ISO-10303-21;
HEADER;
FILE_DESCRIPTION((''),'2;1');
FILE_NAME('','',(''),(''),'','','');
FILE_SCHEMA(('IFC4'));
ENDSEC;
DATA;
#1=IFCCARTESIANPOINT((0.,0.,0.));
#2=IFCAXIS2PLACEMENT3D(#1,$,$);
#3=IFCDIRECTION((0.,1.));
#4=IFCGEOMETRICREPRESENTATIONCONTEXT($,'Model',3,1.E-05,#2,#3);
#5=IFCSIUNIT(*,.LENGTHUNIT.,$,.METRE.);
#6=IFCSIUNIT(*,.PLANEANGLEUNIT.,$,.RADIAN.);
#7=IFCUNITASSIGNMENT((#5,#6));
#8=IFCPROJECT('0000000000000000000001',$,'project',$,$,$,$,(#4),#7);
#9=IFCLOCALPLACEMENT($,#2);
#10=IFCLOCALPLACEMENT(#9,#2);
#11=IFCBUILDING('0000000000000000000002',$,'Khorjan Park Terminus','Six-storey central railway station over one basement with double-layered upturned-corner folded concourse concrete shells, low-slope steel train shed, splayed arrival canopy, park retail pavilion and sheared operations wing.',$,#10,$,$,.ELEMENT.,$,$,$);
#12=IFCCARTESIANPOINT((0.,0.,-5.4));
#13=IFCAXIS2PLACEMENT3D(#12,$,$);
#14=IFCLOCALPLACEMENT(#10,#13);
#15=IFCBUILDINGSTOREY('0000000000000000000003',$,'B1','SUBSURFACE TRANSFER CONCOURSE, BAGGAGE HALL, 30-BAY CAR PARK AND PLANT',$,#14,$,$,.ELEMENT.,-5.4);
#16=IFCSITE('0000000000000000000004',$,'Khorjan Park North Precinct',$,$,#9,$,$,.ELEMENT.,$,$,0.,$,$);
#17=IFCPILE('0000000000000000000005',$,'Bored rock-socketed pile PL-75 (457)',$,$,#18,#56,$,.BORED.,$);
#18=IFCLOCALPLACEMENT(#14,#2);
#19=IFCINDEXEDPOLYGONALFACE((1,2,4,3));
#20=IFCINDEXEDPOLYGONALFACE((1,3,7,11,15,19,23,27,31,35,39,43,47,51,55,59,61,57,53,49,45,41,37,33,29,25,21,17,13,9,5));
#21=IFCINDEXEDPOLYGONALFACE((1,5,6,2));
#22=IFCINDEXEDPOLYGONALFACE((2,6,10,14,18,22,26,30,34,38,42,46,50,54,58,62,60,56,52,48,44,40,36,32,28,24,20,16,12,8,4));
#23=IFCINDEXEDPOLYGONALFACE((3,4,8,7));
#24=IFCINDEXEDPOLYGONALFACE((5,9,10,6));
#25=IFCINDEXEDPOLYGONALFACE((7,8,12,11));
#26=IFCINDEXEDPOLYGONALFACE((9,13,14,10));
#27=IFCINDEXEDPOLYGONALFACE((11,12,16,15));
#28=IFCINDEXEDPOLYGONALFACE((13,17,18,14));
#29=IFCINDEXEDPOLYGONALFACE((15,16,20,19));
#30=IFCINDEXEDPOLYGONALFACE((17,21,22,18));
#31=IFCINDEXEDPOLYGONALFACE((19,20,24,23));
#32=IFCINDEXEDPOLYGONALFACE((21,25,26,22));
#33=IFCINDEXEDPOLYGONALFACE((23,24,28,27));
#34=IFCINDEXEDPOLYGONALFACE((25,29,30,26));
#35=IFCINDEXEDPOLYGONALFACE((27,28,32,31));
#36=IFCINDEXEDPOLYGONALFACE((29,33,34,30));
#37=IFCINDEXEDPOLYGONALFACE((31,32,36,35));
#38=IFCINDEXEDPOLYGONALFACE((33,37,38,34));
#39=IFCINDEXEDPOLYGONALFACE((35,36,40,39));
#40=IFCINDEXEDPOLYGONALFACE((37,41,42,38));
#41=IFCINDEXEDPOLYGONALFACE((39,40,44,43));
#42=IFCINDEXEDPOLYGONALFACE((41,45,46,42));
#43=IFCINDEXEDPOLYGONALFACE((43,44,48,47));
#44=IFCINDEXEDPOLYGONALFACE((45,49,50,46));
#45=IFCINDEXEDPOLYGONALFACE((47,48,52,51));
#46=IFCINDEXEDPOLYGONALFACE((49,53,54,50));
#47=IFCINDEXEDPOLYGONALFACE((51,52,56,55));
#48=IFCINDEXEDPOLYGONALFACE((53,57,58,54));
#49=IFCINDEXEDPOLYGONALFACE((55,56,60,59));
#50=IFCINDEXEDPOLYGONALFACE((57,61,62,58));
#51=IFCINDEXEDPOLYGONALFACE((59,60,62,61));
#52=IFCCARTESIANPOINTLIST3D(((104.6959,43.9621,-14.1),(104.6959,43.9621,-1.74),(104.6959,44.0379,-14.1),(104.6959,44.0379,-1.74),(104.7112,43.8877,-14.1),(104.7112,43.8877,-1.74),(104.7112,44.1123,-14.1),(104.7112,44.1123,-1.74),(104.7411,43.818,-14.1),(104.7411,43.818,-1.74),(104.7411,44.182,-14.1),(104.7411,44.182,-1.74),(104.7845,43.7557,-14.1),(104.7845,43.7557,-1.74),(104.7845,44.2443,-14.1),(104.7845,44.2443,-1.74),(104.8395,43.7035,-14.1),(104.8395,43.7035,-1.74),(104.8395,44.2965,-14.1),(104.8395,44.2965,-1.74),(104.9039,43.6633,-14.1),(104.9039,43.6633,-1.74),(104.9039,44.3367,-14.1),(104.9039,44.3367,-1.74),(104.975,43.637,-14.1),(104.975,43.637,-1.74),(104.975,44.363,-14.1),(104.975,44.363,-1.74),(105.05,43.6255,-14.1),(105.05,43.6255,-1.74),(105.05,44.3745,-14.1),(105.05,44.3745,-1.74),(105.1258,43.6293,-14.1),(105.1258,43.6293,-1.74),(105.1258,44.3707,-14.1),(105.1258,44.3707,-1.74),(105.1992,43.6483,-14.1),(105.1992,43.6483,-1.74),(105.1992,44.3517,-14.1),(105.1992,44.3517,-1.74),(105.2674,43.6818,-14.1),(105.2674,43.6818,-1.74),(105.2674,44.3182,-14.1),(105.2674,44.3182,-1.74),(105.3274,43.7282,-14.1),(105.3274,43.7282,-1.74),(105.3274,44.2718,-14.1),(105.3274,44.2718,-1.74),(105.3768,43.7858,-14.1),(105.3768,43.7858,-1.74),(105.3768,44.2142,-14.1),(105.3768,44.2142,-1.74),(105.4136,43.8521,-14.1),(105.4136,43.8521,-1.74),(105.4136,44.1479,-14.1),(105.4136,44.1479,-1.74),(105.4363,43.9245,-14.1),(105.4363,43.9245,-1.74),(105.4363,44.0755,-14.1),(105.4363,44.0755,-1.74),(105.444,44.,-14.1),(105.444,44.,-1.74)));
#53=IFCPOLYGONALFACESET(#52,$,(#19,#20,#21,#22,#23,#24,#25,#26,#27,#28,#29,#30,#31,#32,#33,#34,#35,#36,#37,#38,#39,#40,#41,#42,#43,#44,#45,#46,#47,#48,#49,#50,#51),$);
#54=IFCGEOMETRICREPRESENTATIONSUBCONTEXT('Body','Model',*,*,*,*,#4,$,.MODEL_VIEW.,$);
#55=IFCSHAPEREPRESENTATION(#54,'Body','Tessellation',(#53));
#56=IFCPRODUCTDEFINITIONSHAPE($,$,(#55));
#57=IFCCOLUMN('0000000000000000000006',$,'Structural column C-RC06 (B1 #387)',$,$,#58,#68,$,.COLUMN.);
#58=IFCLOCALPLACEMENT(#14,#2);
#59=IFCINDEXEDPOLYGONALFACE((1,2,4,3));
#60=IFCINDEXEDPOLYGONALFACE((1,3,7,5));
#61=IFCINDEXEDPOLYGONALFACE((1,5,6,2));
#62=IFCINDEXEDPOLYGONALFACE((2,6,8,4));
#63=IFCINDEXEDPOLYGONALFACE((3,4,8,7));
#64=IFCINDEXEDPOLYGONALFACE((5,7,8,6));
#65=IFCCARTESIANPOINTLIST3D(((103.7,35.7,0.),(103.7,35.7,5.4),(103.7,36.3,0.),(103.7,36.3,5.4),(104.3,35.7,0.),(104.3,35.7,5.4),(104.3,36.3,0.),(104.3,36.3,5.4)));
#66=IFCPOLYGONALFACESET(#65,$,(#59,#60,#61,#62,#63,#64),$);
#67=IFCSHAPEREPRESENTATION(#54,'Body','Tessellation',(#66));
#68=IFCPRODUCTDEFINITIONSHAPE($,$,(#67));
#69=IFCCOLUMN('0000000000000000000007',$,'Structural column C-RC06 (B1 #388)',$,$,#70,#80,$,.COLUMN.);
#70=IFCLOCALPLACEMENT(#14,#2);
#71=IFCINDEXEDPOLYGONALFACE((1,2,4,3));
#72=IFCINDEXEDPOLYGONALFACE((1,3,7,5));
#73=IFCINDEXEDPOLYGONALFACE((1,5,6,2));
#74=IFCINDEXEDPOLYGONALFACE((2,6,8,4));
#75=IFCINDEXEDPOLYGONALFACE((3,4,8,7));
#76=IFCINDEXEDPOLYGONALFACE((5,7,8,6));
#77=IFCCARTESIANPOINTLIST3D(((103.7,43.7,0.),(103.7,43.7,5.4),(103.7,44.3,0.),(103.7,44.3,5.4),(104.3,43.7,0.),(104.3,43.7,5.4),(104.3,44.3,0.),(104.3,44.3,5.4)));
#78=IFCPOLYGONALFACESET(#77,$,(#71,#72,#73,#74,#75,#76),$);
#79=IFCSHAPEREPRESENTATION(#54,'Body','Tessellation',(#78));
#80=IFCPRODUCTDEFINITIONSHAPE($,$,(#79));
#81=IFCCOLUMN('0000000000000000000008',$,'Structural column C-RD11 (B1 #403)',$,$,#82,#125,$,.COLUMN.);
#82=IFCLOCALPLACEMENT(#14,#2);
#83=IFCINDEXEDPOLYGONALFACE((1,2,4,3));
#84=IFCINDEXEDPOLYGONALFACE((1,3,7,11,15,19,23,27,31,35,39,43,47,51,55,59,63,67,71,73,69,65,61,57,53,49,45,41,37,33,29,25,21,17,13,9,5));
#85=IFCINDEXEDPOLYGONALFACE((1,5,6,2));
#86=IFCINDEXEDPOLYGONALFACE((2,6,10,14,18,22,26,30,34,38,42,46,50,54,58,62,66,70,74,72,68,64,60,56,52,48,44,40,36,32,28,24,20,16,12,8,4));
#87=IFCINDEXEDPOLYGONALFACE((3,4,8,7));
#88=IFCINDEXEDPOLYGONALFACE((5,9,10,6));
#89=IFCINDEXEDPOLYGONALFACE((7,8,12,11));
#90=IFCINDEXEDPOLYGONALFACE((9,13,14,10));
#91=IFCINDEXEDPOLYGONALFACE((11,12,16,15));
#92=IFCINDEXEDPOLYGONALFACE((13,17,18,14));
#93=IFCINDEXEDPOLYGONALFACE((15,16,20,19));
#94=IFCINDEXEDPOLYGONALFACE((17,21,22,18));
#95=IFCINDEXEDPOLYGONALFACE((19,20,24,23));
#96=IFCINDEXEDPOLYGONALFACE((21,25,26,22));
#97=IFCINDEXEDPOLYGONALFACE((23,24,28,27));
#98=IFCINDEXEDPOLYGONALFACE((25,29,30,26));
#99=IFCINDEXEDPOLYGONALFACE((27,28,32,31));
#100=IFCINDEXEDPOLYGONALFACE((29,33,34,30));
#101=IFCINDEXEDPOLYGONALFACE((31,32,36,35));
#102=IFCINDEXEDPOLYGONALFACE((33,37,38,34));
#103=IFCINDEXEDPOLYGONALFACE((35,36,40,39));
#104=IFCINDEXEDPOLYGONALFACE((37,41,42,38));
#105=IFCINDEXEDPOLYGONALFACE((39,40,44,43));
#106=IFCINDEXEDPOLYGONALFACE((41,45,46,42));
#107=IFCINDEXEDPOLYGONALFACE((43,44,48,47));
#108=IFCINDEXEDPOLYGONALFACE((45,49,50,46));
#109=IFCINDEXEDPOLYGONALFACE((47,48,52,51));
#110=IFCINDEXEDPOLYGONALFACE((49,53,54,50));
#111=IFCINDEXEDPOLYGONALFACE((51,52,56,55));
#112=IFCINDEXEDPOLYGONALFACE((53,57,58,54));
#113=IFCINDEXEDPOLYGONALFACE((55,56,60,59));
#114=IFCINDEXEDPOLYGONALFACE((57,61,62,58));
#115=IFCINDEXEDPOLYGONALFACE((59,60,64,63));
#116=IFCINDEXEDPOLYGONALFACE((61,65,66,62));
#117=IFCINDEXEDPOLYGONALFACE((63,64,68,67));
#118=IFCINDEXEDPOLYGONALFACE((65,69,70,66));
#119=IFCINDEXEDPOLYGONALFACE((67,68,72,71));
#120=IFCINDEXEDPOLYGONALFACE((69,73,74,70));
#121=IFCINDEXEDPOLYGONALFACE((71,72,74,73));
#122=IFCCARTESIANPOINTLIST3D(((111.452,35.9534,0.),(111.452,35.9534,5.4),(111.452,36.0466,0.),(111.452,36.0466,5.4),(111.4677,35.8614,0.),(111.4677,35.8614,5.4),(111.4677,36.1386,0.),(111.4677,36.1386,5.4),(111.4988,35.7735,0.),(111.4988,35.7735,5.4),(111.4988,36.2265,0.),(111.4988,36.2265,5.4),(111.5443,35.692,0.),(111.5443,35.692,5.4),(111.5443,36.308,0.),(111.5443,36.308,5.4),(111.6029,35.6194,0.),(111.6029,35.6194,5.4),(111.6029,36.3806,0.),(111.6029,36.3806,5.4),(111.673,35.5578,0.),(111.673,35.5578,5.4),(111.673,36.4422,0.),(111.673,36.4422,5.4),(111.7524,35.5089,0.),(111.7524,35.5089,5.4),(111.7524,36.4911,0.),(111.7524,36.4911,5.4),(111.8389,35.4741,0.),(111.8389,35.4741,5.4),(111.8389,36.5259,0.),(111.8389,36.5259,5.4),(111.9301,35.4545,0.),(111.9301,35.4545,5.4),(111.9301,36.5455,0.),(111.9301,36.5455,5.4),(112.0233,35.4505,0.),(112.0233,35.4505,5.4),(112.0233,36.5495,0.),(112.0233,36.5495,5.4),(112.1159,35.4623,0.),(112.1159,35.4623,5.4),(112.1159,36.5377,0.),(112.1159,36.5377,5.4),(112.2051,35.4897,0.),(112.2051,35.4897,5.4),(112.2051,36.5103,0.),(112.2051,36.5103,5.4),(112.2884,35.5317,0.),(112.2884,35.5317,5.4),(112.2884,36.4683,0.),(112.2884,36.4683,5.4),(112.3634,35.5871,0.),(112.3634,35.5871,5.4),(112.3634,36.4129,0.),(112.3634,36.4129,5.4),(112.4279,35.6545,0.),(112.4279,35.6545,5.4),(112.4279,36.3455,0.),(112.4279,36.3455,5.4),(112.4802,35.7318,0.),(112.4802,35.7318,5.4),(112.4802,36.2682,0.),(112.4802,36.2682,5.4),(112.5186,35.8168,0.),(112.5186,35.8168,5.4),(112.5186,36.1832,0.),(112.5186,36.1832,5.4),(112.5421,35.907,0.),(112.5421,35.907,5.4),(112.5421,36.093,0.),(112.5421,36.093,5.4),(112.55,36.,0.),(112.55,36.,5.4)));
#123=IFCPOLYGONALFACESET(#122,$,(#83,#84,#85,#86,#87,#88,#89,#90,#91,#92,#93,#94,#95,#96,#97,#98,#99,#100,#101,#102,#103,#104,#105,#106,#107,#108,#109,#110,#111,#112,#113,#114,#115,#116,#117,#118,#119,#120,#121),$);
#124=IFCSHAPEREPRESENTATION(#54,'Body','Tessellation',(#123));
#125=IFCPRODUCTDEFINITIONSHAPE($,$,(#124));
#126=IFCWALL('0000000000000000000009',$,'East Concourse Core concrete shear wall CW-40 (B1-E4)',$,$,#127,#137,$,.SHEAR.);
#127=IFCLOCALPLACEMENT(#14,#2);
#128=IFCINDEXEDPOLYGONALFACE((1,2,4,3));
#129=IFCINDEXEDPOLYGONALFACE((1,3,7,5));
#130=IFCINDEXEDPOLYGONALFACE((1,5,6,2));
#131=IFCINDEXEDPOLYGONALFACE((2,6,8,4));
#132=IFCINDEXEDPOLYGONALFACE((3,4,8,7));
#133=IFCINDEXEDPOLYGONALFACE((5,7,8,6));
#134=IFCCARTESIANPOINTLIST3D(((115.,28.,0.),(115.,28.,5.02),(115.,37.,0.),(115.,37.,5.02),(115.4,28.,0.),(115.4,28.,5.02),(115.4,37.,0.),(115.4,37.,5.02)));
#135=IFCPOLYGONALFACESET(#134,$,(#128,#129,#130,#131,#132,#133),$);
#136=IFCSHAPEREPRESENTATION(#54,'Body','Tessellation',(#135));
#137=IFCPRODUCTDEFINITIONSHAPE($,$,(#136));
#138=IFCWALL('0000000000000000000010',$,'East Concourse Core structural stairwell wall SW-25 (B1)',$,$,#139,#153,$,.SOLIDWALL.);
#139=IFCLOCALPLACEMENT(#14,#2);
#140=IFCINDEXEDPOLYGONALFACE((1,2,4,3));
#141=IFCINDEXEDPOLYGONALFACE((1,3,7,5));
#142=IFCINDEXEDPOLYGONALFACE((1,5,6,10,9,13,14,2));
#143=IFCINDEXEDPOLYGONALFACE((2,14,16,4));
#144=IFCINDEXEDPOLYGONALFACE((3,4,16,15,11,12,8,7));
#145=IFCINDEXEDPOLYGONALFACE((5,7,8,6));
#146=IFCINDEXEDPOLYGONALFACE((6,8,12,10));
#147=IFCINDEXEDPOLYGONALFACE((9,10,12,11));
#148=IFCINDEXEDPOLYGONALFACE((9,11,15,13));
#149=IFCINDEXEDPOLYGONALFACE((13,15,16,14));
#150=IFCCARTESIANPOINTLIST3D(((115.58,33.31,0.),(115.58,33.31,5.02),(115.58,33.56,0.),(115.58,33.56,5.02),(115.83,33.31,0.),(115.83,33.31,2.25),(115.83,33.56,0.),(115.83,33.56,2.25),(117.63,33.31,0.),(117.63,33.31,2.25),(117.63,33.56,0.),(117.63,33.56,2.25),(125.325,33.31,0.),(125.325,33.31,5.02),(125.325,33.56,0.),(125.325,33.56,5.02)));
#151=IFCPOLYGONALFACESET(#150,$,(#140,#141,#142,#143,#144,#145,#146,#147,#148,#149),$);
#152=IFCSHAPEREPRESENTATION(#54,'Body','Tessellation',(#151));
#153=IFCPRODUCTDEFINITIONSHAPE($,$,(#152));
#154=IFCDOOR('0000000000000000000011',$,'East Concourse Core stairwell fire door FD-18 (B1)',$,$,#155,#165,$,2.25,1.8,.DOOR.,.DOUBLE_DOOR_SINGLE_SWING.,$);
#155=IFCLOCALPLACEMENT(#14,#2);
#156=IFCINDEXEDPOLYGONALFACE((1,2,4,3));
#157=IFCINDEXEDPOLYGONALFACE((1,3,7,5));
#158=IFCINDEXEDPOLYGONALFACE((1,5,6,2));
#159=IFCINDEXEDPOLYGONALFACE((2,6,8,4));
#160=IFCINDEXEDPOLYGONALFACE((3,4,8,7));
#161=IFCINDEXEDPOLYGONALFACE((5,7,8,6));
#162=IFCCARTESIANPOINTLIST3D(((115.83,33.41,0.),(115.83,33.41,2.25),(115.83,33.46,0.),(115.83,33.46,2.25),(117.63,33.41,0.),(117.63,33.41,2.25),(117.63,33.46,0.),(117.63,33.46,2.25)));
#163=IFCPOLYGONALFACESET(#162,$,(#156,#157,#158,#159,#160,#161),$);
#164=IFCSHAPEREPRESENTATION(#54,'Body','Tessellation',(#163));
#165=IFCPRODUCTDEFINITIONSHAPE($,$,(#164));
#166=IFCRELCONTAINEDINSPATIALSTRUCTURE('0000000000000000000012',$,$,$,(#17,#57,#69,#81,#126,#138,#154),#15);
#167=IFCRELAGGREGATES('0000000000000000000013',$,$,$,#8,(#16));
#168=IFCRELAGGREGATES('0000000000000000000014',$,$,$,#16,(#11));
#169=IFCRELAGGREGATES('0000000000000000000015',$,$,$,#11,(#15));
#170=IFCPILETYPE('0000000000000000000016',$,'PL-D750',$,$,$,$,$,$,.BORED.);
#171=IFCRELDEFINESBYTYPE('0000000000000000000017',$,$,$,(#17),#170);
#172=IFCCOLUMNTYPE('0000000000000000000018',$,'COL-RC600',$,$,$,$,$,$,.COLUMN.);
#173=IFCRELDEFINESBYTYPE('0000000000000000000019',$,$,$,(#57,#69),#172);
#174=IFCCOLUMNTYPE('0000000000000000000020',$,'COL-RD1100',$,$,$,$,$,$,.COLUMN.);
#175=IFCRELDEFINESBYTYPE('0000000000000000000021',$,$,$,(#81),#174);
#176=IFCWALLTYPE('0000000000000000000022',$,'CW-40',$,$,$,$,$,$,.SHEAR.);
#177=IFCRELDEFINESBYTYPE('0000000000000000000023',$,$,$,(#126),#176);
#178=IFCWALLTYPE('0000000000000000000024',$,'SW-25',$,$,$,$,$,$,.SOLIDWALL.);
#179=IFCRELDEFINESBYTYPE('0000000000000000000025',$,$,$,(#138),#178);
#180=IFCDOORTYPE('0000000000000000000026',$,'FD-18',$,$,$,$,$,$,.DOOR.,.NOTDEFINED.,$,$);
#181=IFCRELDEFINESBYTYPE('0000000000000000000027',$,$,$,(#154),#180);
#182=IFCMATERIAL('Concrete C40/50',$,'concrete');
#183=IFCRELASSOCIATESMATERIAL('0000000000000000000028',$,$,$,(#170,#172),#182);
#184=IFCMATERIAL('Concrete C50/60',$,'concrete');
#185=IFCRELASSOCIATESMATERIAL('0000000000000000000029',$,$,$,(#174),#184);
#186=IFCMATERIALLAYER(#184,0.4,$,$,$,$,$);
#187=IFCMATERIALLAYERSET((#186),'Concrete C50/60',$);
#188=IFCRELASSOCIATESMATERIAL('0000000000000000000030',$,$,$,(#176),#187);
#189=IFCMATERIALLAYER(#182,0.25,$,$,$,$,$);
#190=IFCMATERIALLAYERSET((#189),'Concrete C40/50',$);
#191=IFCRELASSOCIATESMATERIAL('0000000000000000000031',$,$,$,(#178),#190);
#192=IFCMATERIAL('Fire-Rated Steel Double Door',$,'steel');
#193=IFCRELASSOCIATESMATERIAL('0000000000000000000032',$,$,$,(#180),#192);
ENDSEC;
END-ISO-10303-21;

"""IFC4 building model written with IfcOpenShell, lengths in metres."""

from ifc_helpers import new_model, si_unit, direction, frame, frame_2d, origin, origin_2d, place, context, subcontext, project, spatial, rectangle, circle, extrude, material, layer, layer_set, material_profile, profile_set, type_object, element, fill, save


model = new_model("IFC4")

# Units and contexts
model_context = context("Model", 3, precision=1e-05, world=origin(), true_north=direction((0.0, 1.0)))
body_context = subcontext(model_context, "Body", "Model", "MODEL_VIEW")
ifc_project = project(units=[si_unit("LENGTHUNIT", "METRE"), si_unit("PLANEANGLEUNIT", "RADIAN")], contexts=[model_context])

# Site, building, storey
site_placement = place(None, origin())
site = spatial("IfcSite", under=ifc_project, at=site_placement, Name="Khorjan Park North Precinct", CompositionType="ELEMENT", RefElevation=0.0)
building_placement = place(site_placement, origin())
building = spatial("IfcBuilding", under=site, at=building_placement, Name="Khorjan Park Terminus", Description="Six-storey central railway station over one basement with double-layered upturned-corner folded concourse concrete shells, low-slope steel train shed, splayed arrival canopy, park retail pavilion and sheared operations wing.", CompositionType="ELEMENT")
storey_placement = place(building_placement, frame((0.0, 0.0, -5.4)))
storey = spatial("IfcBuildingStorey", under=building, at=storey_placement, Name="B1", Description="SUBSURFACE TRANSFER CONCOURSE, BAGGAGE HALL, 30-BAY CAR PARK AND PLANT", CompositionType="ELEMENT", Elevation=-5.4)

# Shared definitions
ifc_material_1 = material(Name="Concrete C40/50", Category="concrete")

# Pile
ifc_material_profile_1 = material_profile(ifc_material_1, circle(Radius=0.375, at=origin_2d()), Name="BORED D750")
ifc_profile_set_1 = profile_set([ifc_material_profile_1], Name="Concrete C40/50")
pile_type_1 = type_object("IfcPileType", Name="PL-D750", PredefinedType="BORED", material=ifc_profile_set_1)
for number, where, z_axis, x_axis, name in (
    (1, (105.069, 44.0, -1.74), (0.0, 0.0, -1.0), (1.0, 0.0, 0.0), "Bored rock-socketed pile PL-75 (457)"),
):
    element("IfcPile", number, at=place(storey_placement, frame(where, z_axis=z_axis, x_axis=x_axis)), inside=storey, type_object=pile_type_1, Name=name, PredefinedType="BORED", context=body_context, shape_type="SweptSolid", body=[
        extrude(circle(Radius=0.375, at=origin_2d()), origin(), (0.0, 0.0, 1.0), 12.36),
    ])

# Columns
ifc_material_profile_2 = material_profile(ifc_material_1, rectangle(XDim=0.6, YDim=0.6, at=origin_2d()), Name="RC 600x600")
ifc_profile_set_2 = profile_set([ifc_material_profile_2], Name="Concrete C40/50")
column_type_1 = type_object("IfcColumnType", Name="COL-RC600", PredefinedType="COLUMN", material=ifc_profile_set_2)
for number, where, z_axis, x_axis, name in (
    (2, (104.0, 36.0, 0.0), (0.0, 0.0, 1.0), (1.0, 0.0, 0.0), "Structural column C-RC06 (B1 #387)"),
    (3, (104.0, 44.0, 0.0), (0.0, 0.0, 1.0), (1.0, 0.0, 0.0), "Structural column C-RC06 (B1 #388)"),
):
    element("IfcColumn", number, at=place(storey_placement, frame(where, z_axis=z_axis, x_axis=x_axis)), inside=storey, type_object=column_type_1, Name=name, PredefinedType="COLUMN", context=body_context, shape_type="SweptSolid", body=[
        extrude(rectangle(XDim=0.6, YDim=0.6, at=origin_2d()), origin(), (0.0, 0.0, 1.0), 5.4),
    ])
ifc_material_2 = material(Name="Concrete C50/60", Category="concrete")
ifc_material_profile_3 = material_profile(ifc_material_2, circle(Radius=0.55, at=origin_2d()), Name="RC D1100")
ifc_profile_set_3 = profile_set([ifc_material_profile_3], Name="Concrete C50/60")
column_type_2 = type_object("IfcColumnType", Name="COL-RD1100", PredefinedType="COLUMN", material=ifc_profile_set_3)
column_placement = place(storey_placement, frame((112.0, 36.0, 0.0), z_axis=(0.0, 0.0, 1.0), x_axis=(1.0, 0.0, 0.0)))
element("IfcColumn", 4, at=column_placement, inside=storey, type_object=column_type_2, Name="Structural column C-RD11 (B1 #403)", PredefinedType="COLUMN", context=body_context, shape_type="SweptSolid", body=[
    extrude(circle(Radius=0.55, at=origin_2d()), origin(), (0.0, 0.0, 1.0), 5.4),
])

# Wall
ifc_layer_1 = layer(ifc_material_2, 0.4)
ifc_layer_set_1 = layer_set([ifc_layer_1], Name="Concrete C50/60")
wall_type_1 = type_object("IfcWallType", Name="CW-40", PredefinedType="SHEAR", material=ifc_layer_set_1)
wall_1_placement = place(storey_placement, frame((115.2, 37.0, 0.0), z_axis=(0.0, 0.0, 1.0), x_axis=(0.0, -1.0, 0.0)))
element("IfcWall", 5, at=wall_1_placement, inside=storey, type_object=wall_type_1, Name="East Concourse Core concrete shear wall CW-40 (B1-E4)", PredefinedType="SHEAR", context=body_context, shape_type="SweptSolid", body=[
    extrude(rectangle(XDim=9.0, YDim=0.4, at=frame_2d((4.5, 0.0))), origin(), (0.0, 0.0, 1.0), 5.02),
])

# Wall, opening, door
ifc_layer_2 = layer(ifc_material_1, 0.25)
ifc_layer_set_2 = layer_set([ifc_layer_2], Name="Concrete C40/50")
wall_type_2 = type_object("IfcWallType", Name="SW-25", PredefinedType="SOLIDWALL", material=ifc_layer_set_2)
wall_2_placement = place(storey_placement, frame((115.58, 33.435, 0.0), z_axis=(0.0, 0.0, 1.0), x_axis=(1.0, 0.0, 0.0)))
wall_2 = element("IfcWall", 6, at=wall_2_placement, inside=storey, type_object=wall_type_2, Name="East Concourse Core structural stairwell wall SW-25 (B1)", PredefinedType="SOLIDWALL", context=body_context, shape_type="SweptSolid", body=[
    extrude(rectangle(XDim=9.745, YDim=0.25, at=frame_2d((4.8725, 0.0))), origin(), (0.0, 0.0, 1.0), 5.02),
])
opening_placement = place(wall_2_placement, frame((0.25, 0.0, 0.0)))
opening = element("IfcOpeningElement", 7, at=opening_placement, cuts=wall_2, PredefinedType="OPENING", context=body_context, shape_type="SweptSolid", body=[
    extrude(rectangle(XDim=1.8, YDim=2.25, at=frame_2d((0.9, 1.125))), frame((0.0, 0.135, 0.0), z_axis=(0.0, -1.0, 0.0), x_axis=(1.0, 0.0, 0.0)), (0.0, 0.0, 1.0), 0.27),
])
ifc_material_3 = material(Name="Fire-Rated Steel Double Door", Category="steel")
door_type = type_object("IfcDoorType", Name="FD-18", OperationType="NOTDEFINED", PredefinedType="DOOR", material=ifc_material_3)
door_placement = place(opening_placement, origin())
door = element("IfcDoor", 8, at=door_placement, inside=storey, type_object=door_type, Name="East Concourse Core stairwell fire door FD-18 (B1)", OperationType="DOUBLE_DOOR_SINGLE_SWING", OverallHeight=2.25, OverallWidth=1.8, PredefinedType="DOOR", context=body_context, shape_type="SweptSolid", body=[
    extrude(rectangle(XDim=1.8, YDim=2.25, at=frame_2d((0.9, 1.125))), frame((0.0, 0.025, 0.0), z_axis=(0.0, -1.0, 0.0), x_axis=(1.0, 0.0, 0.0)), (0.0, 0.0, 1.0), 0.05),
])
fill(opening, door)

save(model, "model.ifc")
